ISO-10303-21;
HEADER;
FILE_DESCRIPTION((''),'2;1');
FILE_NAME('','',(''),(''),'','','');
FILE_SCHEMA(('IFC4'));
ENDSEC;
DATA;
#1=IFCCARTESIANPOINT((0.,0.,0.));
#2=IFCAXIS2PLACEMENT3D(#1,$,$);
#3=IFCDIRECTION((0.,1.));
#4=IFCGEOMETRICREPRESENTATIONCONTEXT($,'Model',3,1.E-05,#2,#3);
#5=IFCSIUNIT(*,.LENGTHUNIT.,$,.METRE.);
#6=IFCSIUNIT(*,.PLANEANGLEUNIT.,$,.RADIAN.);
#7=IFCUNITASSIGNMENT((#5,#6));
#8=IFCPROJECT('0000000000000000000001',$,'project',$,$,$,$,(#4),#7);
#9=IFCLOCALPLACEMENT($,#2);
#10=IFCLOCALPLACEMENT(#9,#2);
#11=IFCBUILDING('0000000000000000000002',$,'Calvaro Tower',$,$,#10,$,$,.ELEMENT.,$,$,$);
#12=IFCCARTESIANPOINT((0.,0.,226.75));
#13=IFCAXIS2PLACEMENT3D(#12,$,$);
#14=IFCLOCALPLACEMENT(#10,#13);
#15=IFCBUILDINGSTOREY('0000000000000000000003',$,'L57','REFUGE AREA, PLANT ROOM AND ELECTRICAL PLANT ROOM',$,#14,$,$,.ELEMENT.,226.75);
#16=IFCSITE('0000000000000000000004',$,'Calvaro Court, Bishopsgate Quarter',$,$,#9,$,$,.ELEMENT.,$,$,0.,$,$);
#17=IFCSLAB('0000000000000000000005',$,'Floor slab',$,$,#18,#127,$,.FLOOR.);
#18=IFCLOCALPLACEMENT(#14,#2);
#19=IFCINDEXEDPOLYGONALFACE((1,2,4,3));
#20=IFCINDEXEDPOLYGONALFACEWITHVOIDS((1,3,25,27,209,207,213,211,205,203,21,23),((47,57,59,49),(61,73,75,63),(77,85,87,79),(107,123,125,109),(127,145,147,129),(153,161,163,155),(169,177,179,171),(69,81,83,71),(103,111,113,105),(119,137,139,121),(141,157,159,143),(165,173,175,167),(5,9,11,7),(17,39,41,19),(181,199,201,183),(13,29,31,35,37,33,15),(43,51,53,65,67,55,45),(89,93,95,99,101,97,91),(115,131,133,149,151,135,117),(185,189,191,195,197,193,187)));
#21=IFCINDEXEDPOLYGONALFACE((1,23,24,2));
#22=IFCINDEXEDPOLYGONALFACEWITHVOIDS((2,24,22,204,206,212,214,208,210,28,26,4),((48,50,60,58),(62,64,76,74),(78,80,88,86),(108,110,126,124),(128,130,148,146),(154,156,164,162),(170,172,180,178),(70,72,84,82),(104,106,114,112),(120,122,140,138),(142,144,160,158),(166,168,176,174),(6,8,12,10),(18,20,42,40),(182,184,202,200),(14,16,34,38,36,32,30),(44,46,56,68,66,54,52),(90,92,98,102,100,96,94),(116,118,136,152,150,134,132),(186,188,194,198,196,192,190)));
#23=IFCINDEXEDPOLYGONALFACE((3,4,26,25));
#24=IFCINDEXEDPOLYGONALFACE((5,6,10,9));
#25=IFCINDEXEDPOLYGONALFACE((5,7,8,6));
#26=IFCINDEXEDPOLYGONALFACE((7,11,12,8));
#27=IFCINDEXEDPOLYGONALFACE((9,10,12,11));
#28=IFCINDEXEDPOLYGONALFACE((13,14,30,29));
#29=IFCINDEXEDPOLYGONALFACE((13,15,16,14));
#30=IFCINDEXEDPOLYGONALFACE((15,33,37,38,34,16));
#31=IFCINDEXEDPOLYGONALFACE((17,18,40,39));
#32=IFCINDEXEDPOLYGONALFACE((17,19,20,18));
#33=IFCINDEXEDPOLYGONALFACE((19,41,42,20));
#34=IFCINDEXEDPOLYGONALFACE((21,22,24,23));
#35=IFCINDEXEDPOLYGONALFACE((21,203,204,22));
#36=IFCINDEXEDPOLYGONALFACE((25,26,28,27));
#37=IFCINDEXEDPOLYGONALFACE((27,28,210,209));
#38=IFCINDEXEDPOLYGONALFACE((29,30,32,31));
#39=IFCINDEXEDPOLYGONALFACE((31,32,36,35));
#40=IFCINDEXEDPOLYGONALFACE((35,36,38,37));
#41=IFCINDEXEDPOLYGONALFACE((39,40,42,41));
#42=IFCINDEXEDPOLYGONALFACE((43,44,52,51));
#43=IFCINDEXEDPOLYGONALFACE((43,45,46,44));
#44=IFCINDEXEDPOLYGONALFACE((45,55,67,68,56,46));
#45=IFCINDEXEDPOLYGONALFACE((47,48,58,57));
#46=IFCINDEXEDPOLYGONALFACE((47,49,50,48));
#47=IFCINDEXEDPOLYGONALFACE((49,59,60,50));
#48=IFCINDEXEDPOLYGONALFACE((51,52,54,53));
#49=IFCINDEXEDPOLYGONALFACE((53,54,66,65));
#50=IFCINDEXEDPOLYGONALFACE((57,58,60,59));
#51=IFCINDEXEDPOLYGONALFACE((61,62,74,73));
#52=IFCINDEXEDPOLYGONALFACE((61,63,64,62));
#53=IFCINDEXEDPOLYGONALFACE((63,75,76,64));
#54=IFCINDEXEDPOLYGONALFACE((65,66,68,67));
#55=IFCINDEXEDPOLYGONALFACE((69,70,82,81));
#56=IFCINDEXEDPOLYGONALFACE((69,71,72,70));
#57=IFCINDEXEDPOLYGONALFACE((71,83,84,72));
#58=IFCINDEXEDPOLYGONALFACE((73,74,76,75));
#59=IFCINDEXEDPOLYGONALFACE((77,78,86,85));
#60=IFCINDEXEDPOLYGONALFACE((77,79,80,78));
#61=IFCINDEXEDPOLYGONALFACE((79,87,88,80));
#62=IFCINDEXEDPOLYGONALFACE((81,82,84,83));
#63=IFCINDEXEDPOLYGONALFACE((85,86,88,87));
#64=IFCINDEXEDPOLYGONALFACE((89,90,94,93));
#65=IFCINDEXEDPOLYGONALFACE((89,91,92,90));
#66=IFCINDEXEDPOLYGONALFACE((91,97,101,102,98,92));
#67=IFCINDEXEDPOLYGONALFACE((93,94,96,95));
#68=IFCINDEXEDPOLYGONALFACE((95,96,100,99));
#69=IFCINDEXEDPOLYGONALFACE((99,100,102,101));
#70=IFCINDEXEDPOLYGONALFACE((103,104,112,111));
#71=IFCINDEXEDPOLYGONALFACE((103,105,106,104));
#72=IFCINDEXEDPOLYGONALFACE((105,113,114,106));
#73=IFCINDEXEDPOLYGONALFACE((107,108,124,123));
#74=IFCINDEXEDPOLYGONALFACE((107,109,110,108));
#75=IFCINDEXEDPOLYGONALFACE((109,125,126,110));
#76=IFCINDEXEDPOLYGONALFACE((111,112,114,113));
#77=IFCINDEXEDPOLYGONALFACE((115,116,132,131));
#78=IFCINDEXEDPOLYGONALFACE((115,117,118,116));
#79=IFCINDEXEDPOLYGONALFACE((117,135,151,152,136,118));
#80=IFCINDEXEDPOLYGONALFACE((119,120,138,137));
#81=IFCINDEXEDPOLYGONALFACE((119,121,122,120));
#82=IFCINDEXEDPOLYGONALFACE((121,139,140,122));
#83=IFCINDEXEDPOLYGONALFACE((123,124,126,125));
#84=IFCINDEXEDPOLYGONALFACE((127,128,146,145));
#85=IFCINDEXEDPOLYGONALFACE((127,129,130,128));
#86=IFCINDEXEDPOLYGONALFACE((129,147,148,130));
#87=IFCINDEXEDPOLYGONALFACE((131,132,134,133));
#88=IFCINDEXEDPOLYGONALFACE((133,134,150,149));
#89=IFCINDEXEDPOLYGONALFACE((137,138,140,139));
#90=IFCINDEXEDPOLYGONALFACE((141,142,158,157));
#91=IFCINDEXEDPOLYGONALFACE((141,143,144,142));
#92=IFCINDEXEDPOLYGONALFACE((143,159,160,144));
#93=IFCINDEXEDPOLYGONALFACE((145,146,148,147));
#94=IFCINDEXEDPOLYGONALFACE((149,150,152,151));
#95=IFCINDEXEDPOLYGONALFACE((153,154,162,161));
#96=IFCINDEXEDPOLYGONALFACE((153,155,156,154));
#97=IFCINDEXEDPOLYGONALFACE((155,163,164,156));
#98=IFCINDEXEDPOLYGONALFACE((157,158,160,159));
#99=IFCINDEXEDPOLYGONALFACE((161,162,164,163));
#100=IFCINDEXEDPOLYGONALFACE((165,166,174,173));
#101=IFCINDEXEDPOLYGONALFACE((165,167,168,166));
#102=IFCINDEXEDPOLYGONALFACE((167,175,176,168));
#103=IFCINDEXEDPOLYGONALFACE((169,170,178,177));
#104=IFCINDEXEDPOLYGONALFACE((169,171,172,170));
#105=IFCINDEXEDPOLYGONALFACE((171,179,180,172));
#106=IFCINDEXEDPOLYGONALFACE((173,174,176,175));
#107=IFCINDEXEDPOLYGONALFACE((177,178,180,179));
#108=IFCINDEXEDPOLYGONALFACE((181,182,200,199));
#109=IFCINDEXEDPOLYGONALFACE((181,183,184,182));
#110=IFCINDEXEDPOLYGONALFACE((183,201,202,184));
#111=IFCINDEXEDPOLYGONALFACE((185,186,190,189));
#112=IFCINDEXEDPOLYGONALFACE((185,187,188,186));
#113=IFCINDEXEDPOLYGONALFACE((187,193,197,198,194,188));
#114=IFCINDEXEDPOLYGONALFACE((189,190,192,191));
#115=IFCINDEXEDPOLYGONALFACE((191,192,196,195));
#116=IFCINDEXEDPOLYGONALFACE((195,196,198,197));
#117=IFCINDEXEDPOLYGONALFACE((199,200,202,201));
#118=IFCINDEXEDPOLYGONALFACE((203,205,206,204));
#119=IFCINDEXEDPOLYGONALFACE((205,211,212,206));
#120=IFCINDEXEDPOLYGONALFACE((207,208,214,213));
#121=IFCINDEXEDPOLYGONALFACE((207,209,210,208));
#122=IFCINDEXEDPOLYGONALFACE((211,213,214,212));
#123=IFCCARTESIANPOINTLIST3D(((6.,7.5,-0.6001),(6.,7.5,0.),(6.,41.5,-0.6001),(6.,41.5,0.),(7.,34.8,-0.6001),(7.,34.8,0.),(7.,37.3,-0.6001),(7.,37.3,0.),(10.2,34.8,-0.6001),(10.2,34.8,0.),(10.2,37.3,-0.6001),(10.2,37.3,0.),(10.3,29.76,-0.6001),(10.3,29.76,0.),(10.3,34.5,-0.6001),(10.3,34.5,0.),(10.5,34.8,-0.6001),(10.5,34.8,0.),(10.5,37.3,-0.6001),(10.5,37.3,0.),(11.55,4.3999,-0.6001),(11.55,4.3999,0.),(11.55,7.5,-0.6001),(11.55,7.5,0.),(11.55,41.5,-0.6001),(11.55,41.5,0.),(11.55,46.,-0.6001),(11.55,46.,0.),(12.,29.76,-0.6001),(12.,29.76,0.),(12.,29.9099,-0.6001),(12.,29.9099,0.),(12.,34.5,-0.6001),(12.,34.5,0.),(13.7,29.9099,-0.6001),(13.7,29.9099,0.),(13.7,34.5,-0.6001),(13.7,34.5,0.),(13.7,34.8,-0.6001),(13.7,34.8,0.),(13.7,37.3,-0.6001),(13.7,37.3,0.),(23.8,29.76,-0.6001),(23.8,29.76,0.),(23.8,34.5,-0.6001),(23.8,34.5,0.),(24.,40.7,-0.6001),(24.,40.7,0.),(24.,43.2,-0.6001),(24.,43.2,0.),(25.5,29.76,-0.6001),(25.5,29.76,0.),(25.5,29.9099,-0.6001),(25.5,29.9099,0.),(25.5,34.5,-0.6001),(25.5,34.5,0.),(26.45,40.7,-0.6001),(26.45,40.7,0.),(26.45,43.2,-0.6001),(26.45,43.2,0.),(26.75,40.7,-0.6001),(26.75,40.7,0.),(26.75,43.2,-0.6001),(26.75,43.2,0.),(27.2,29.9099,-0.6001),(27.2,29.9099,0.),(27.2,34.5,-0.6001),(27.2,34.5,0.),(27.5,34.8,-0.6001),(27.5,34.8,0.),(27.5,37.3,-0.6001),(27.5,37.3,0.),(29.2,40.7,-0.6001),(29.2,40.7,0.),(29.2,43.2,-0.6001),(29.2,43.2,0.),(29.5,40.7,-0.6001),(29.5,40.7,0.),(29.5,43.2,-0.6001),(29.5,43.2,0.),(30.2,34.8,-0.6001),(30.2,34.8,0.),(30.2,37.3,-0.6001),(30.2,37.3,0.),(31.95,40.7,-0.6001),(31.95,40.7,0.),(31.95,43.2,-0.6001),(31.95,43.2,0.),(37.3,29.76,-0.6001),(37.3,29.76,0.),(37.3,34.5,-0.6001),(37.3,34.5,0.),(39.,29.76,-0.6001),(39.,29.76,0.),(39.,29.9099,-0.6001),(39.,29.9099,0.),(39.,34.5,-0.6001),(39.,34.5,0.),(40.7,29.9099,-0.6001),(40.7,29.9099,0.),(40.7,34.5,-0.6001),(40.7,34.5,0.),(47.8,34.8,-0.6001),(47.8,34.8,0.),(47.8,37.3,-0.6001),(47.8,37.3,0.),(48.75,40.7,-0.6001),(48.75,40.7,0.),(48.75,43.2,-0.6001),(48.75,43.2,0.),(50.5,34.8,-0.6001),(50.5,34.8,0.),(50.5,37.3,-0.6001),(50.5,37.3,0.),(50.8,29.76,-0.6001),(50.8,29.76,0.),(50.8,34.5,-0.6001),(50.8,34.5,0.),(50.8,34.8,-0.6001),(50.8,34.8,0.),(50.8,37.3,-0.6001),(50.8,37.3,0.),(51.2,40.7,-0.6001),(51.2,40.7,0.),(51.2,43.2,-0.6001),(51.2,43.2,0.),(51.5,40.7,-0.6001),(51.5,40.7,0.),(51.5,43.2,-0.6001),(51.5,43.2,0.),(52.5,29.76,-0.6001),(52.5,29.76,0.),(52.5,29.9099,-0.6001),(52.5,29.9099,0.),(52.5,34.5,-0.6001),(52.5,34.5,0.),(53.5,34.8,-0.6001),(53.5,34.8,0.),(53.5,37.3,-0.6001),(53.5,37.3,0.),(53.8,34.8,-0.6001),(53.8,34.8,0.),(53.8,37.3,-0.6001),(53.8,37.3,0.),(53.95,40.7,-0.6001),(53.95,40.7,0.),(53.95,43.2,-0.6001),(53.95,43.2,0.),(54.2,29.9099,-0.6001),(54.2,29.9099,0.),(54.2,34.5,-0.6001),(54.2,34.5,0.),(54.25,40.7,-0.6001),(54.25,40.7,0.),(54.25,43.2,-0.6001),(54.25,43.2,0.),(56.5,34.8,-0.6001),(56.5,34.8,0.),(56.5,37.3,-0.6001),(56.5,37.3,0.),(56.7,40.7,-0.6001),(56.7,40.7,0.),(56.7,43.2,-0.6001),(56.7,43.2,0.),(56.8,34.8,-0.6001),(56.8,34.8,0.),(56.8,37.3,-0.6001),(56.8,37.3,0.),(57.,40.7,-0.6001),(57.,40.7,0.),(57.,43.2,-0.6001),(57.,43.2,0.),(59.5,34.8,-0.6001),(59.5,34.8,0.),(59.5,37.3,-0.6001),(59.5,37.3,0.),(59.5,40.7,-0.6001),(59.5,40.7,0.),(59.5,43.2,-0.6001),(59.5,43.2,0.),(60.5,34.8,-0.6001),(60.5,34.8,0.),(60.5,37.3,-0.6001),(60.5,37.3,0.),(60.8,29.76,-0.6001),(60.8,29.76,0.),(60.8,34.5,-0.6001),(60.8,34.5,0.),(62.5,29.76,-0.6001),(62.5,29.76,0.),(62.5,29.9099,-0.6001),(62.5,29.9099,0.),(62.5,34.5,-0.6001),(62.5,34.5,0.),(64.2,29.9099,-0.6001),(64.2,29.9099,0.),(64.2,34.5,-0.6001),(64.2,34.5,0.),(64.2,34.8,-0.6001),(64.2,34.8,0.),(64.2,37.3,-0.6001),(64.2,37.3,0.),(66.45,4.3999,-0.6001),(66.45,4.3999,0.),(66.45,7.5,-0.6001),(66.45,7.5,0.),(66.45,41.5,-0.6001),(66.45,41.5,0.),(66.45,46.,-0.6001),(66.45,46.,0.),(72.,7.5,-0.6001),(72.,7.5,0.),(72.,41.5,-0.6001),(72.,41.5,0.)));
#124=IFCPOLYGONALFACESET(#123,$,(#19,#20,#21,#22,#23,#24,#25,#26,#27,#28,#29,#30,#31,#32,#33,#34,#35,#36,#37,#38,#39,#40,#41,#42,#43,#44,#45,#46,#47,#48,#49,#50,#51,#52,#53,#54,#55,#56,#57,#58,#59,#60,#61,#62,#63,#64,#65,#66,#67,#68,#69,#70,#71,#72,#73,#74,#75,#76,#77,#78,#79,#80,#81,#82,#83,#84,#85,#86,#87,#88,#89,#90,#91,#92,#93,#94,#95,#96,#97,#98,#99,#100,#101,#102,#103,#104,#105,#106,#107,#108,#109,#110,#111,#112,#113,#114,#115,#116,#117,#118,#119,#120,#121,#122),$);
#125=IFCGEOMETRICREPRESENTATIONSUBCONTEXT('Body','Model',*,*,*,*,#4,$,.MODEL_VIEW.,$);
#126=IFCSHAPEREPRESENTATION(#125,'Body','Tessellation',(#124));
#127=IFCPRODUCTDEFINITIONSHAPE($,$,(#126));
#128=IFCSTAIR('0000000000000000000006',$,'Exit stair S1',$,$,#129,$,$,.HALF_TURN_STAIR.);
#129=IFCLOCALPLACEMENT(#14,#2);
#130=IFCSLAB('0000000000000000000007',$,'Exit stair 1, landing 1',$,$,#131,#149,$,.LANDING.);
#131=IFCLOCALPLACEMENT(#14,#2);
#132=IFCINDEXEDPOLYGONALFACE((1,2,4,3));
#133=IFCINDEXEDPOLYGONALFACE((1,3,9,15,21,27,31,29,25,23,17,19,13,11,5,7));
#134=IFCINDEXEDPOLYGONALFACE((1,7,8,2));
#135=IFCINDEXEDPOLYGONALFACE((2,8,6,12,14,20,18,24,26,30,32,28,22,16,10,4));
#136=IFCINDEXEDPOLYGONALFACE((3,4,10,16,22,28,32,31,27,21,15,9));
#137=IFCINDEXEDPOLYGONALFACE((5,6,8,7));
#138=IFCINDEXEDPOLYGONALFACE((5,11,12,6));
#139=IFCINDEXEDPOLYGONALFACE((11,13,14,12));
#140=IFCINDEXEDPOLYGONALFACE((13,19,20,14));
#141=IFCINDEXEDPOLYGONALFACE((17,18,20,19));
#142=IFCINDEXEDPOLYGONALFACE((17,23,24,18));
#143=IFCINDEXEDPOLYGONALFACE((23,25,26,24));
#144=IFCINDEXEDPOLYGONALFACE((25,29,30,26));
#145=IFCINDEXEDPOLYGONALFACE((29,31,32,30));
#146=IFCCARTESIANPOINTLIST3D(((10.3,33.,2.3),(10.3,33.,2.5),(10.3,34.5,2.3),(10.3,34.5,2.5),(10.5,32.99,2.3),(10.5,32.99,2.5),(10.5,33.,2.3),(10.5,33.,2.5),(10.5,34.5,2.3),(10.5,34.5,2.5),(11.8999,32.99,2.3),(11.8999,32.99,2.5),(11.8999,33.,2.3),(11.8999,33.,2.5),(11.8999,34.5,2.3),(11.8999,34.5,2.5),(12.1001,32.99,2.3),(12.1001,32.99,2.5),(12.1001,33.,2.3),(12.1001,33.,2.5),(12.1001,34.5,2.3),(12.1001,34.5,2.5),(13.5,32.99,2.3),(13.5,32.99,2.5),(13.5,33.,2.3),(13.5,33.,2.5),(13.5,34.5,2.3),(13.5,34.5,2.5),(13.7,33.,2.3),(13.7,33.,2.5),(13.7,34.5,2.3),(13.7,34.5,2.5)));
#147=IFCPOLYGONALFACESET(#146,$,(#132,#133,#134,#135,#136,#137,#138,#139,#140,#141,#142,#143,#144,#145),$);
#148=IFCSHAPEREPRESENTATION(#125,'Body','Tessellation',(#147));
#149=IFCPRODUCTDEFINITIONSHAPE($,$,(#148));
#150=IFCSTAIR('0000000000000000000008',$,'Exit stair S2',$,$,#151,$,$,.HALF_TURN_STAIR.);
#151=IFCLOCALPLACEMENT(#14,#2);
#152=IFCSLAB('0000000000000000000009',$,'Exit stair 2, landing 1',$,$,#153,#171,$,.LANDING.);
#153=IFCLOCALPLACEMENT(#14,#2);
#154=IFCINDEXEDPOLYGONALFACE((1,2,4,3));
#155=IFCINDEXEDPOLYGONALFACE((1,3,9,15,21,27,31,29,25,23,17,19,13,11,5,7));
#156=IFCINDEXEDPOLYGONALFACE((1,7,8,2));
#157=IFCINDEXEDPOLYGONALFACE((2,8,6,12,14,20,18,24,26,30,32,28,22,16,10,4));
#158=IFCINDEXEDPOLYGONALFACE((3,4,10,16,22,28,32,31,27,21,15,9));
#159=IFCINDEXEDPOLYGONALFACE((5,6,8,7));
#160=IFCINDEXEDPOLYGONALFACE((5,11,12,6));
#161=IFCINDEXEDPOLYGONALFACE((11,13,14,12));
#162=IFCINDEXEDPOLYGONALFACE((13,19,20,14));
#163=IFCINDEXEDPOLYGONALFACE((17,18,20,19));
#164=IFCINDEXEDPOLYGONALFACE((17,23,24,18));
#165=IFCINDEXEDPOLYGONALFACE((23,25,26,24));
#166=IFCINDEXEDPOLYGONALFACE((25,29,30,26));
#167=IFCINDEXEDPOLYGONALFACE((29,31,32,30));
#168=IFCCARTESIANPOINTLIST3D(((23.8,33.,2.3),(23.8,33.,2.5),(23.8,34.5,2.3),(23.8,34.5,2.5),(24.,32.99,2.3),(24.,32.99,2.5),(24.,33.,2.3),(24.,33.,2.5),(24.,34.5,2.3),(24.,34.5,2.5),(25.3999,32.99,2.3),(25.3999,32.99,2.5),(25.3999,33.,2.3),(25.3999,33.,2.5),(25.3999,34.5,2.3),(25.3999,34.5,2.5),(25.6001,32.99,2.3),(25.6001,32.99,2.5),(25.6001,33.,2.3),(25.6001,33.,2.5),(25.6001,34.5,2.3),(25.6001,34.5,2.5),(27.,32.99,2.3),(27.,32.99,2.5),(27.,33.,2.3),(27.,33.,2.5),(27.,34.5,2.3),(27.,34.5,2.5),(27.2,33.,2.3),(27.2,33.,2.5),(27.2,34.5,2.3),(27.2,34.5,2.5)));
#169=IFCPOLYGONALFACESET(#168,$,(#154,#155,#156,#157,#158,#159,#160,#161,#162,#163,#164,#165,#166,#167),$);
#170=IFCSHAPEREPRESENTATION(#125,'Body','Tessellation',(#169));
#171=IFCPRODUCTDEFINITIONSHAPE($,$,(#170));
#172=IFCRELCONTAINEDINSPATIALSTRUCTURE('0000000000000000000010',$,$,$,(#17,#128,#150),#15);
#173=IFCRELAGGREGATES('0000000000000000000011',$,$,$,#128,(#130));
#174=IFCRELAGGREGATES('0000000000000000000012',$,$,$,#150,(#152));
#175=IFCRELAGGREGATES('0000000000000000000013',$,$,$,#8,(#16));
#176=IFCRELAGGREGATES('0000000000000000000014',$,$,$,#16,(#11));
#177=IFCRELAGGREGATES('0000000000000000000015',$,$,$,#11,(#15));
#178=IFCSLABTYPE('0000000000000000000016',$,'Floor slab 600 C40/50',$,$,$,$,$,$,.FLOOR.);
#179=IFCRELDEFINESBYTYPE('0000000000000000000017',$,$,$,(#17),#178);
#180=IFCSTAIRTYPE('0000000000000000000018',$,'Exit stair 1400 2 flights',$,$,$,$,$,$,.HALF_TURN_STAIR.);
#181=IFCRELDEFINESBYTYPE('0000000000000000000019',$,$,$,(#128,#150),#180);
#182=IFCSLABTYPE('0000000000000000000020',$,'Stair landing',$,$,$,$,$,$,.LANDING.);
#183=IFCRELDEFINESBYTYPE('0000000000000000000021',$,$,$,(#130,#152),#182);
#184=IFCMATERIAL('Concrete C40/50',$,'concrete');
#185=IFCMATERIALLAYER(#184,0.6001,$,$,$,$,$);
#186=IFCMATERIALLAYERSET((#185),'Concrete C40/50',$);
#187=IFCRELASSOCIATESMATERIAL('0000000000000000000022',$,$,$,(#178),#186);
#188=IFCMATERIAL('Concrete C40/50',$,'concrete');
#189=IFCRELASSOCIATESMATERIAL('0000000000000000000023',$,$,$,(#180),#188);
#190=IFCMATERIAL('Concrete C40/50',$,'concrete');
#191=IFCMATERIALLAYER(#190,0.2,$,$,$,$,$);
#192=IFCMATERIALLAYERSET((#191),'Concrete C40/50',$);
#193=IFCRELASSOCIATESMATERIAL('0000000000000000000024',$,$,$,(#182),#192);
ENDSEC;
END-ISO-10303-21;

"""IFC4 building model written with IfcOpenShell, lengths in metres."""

from ifc_helpers import new_model, si_unit, direction, frame, origin, place, context, subcontext, project, spatial, polyline, outline, extrude, material, layer, layer_set, type_object, element, aggregate, save


model = new_model("IFC4")

# Units and contexts
model_context = context("Model", 3, precision=1e-05, world=origin(), true_north=direction((0.0, 1.0)))
body_context = subcontext(model_context, "Body", "Model", "MODEL_VIEW")
ifc_project = project(units=[si_unit("LENGTHUNIT", "METRE"), si_unit("PLANEANGLEUNIT", "RADIAN")], contexts=[model_context])

# Site, building, storey
site_placement = place(None, origin())
site = spatial("IfcSite", under=ifc_project, at=site_placement, Name="Calvaro Court, Bishopsgate Quarter", CompositionType="ELEMENT", RefElevation=0.0)
building_placement = place(site_placement, origin())
building = spatial("IfcBuilding", under=site, at=building_placement, Name="Calvaro Tower", CompositionType="ELEMENT")
storey_placement = place(building_placement, frame((0.0, 0.0, 226.75)))
storey = spatial("IfcBuildingStorey", under=building, at=storey_placement, Name="L57", Description="REFUGE AREA, PLANT ROOM AND ELECTRICAL PLANT ROOM", CompositionType="ELEMENT", Elevation=226.75)

# Slab
ifc_material_1 = material(Name="Concrete C40/50", Category="concrete")
ifc_layer_1 = layer(ifc_material_1, 0.6001)
ifc_layer_set_1 = layer_set([ifc_layer_1], Name="Concrete C40/50")
slab_type_1 = type_object("IfcSlabType", Name="Floor slab 600 C40/50", PredefinedType="FLOOR", material=ifc_layer_set_1)
slab_1_placement = place(storey_placement, frame((0.0, 0.0, -0.6001)))
element("IfcSlab", 1, at=slab_1_placement, inside=storey, type_object=slab_type_1, Name="Floor slab", PredefinedType="FLOOR", context=body_context, shape_type="SweptSolid", body=[
    extrude(outline(polyline([(66.45, 7.5), (66.45, 4.3999), (11.55, 4.3999), (11.55, 7.5), (6.0, 7.5), (6.0, 41.5), (11.55, 41.5), (11.55, 46.0), (66.45, 46.0), (66.45, 41.5), (72.0, 41.5), (72.0, 7.5), (66.45, 7.5)]), holes=[polyline([(12.0, 29.76), (10.3, 29.76), (10.3, 34.5), (12.0, 34.5), (13.7, 34.5), (13.7, 29.9099), (12.0, 29.9099), (12.0, 29.76)]), polyline([(25.5, 29.76), (23.8, 29.76), (23.8, 34.5), (25.5, 34.5), (27.2, 34.5), (27.2, 29.9099), (25.5, 29.9099), (25.5, 29.76)]), polyline([(39.0, 29.76), (37.3, 29.76), (37.3, 34.5), (39.0, 34.5), (40.7, 34.5), (40.7, 29.9099), (39.0, 29.9099), (39.0, 29.76)]), polyline([(52.5, 29.76), (50.8, 29.76), (50.8, 34.5), (52.5, 34.5), (54.2, 34.5), (54.2, 29.9099), (52.5, 29.9099), (52.5, 29.76)]), polyline([(62.5, 29.76), (60.8, 29.76), (60.8, 34.5), (62.5, 34.5), (64.2, 34.5), (64.2, 29.9099), (62.5, 29.9099), (62.5, 29.76)]), polyline([(50.8, 34.8), (53.5, 34.8), (53.5, 37.3), (50.8, 37.3), (50.8, 34.8)]), polyline([(53.8, 34.8), (56.5, 34.8), (56.5, 37.3), (53.8, 37.3), (53.8, 34.8)]), polyline([(56.8, 34.8), (59.5, 34.8), (59.5, 37.3), (56.8, 37.3), (56.8, 34.8)]), polyline([(24.0, 40.7), (26.45, 40.7), (26.45, 43.2), (24.0, 43.2), (24.0, 40.7)]), polyline([(26.75, 40.7), (29.2, 40.7), (29.2, 43.2), (26.75, 43.2), (26.75, 40.7)]), polyline([(29.5, 40.7), (31.95, 40.7), (31.95, 43.2), (29.5, 43.2), (29.5, 40.7)]), polyline([(48.75, 40.7), (51.2, 40.7), (51.2, 43.2), (48.75, 43.2), (48.75, 40.7)]), polyline([(51.5, 40.7), (53.95, 40.7), (53.95, 43.2), (51.5, 43.2), (51.5, 40.7)]), polyline([(54.25, 40.7), (56.7, 40.7), (56.7, 43.2), (54.25, 43.2), (54.25, 40.7)]), polyline([(57.0, 40.7), (59.5, 40.7), (59.5, 43.2), (57.0, 43.2), (57.0, 40.7)]), polyline([(7.0, 34.8), (10.2, 34.8), (10.2, 37.3), (7.0, 37.3), (7.0, 34.8)]), polyline([(10.5, 34.8), (13.7, 34.8), (13.7, 37.3), (10.5, 37.3), (10.5, 34.8)]), polyline([(60.5, 34.8), (64.2, 34.8), (64.2, 37.3), (60.5, 37.3), (60.5, 34.8)]), polyline([(27.5, 34.8), (30.2, 34.8), (30.2, 37.3), (27.5, 37.3), (27.5, 34.8)]), polyline([(47.8, 34.8), (50.5, 34.8), (50.5, 37.3), (47.8, 37.3), (47.8, 34.8)])]), origin(), (0.0, 0.0, 1.0), 0.6001),
])

# Stairs, slabs
ifc_material_2 = material(Name="Concrete C40/50", Category="concrete")
stair_type = type_object("IfcStairType", Name="Exit stair 1400 2 flights", PredefinedType="HALF_TURN_STAIR", material=ifc_material_2)
stair_1_placement = place(storey_placement, origin())
stair_1 = element("IfcStair", 2, at=stair_1_placement, inside=storey, type_object=stair_type, Name="Exit stair S1", PredefinedType="HALF_TURN_STAIR")
ifc_material_3 = material(Name="Concrete C40/50", Category="concrete")
ifc_layer_2 = layer(ifc_material_3, 0.2)
ifc_layer_set_2 = layer_set([ifc_layer_2], Name="Concrete C40/50")
slab_type_2 = type_object("IfcSlabType", Name="Stair landing", PredefinedType="LANDING", material=ifc_layer_set_2)
slab_2_placement = place(storey_placement, frame((0.0, 0.0, 2.3)))
slab_2 = element("IfcSlab", 3, at=slab_2_placement, type_object=slab_type_2, Name="Exit stair 1, landing 1", PredefinedType="LANDING", context=body_context, shape_type="SweptSolid", body=[
    extrude(outline(polyline([(11.8999, 32.99), (10.5, 32.99), (10.5, 33.0), (10.3, 33.0), (10.3, 34.5), (10.5, 34.5), (11.8999, 34.5), (12.1001, 34.5), (13.5, 34.5), (13.7, 34.5), (13.7, 33.0), (13.5, 33.0), (13.5, 32.99), (12.1001, 32.99), (12.1001, 33.0), (11.8999, 33.0), (11.8999, 32.99)])), origin(), (0.0, 0.0, 1.0), 0.2),
])
aggregate(stair_1, [slab_2])
stair_2_placement = place(storey_placement, origin())
stair_2 = element("IfcStair", 4, at=stair_2_placement, inside=storey, type_object=stair_type, Name="Exit stair S2", PredefinedType="HALF_TURN_STAIR")
slab_3_placement = place(storey_placement, frame((0.0, 0.0, 2.3)))
slab_3 = element("IfcSlab", 5, at=slab_3_placement, type_object=slab_type_2, Name="Exit stair 2, landing 1", PredefinedType="LANDING", context=body_context, shape_type="SweptSolid", body=[
    extrude(outline(polyline([(25.3999, 32.99), (24.0, 32.99), (24.0, 33.0), (23.8, 33.0), (23.8, 34.5), (24.0, 34.5), (25.3999, 34.5), (25.6001, 34.5), (27.0, 34.5), (27.2, 34.5), (27.2, 33.0), (27.0, 33.0), (27.0, 32.99), (25.6001, 32.99), (25.6001, 33.0), (25.3999, 33.0), (25.3999, 32.99)])), origin(), (0.0, 0.0, 1.0), 0.2),
])
aggregate(stair_2, [slab_3])

save(model, "model.ifc")
